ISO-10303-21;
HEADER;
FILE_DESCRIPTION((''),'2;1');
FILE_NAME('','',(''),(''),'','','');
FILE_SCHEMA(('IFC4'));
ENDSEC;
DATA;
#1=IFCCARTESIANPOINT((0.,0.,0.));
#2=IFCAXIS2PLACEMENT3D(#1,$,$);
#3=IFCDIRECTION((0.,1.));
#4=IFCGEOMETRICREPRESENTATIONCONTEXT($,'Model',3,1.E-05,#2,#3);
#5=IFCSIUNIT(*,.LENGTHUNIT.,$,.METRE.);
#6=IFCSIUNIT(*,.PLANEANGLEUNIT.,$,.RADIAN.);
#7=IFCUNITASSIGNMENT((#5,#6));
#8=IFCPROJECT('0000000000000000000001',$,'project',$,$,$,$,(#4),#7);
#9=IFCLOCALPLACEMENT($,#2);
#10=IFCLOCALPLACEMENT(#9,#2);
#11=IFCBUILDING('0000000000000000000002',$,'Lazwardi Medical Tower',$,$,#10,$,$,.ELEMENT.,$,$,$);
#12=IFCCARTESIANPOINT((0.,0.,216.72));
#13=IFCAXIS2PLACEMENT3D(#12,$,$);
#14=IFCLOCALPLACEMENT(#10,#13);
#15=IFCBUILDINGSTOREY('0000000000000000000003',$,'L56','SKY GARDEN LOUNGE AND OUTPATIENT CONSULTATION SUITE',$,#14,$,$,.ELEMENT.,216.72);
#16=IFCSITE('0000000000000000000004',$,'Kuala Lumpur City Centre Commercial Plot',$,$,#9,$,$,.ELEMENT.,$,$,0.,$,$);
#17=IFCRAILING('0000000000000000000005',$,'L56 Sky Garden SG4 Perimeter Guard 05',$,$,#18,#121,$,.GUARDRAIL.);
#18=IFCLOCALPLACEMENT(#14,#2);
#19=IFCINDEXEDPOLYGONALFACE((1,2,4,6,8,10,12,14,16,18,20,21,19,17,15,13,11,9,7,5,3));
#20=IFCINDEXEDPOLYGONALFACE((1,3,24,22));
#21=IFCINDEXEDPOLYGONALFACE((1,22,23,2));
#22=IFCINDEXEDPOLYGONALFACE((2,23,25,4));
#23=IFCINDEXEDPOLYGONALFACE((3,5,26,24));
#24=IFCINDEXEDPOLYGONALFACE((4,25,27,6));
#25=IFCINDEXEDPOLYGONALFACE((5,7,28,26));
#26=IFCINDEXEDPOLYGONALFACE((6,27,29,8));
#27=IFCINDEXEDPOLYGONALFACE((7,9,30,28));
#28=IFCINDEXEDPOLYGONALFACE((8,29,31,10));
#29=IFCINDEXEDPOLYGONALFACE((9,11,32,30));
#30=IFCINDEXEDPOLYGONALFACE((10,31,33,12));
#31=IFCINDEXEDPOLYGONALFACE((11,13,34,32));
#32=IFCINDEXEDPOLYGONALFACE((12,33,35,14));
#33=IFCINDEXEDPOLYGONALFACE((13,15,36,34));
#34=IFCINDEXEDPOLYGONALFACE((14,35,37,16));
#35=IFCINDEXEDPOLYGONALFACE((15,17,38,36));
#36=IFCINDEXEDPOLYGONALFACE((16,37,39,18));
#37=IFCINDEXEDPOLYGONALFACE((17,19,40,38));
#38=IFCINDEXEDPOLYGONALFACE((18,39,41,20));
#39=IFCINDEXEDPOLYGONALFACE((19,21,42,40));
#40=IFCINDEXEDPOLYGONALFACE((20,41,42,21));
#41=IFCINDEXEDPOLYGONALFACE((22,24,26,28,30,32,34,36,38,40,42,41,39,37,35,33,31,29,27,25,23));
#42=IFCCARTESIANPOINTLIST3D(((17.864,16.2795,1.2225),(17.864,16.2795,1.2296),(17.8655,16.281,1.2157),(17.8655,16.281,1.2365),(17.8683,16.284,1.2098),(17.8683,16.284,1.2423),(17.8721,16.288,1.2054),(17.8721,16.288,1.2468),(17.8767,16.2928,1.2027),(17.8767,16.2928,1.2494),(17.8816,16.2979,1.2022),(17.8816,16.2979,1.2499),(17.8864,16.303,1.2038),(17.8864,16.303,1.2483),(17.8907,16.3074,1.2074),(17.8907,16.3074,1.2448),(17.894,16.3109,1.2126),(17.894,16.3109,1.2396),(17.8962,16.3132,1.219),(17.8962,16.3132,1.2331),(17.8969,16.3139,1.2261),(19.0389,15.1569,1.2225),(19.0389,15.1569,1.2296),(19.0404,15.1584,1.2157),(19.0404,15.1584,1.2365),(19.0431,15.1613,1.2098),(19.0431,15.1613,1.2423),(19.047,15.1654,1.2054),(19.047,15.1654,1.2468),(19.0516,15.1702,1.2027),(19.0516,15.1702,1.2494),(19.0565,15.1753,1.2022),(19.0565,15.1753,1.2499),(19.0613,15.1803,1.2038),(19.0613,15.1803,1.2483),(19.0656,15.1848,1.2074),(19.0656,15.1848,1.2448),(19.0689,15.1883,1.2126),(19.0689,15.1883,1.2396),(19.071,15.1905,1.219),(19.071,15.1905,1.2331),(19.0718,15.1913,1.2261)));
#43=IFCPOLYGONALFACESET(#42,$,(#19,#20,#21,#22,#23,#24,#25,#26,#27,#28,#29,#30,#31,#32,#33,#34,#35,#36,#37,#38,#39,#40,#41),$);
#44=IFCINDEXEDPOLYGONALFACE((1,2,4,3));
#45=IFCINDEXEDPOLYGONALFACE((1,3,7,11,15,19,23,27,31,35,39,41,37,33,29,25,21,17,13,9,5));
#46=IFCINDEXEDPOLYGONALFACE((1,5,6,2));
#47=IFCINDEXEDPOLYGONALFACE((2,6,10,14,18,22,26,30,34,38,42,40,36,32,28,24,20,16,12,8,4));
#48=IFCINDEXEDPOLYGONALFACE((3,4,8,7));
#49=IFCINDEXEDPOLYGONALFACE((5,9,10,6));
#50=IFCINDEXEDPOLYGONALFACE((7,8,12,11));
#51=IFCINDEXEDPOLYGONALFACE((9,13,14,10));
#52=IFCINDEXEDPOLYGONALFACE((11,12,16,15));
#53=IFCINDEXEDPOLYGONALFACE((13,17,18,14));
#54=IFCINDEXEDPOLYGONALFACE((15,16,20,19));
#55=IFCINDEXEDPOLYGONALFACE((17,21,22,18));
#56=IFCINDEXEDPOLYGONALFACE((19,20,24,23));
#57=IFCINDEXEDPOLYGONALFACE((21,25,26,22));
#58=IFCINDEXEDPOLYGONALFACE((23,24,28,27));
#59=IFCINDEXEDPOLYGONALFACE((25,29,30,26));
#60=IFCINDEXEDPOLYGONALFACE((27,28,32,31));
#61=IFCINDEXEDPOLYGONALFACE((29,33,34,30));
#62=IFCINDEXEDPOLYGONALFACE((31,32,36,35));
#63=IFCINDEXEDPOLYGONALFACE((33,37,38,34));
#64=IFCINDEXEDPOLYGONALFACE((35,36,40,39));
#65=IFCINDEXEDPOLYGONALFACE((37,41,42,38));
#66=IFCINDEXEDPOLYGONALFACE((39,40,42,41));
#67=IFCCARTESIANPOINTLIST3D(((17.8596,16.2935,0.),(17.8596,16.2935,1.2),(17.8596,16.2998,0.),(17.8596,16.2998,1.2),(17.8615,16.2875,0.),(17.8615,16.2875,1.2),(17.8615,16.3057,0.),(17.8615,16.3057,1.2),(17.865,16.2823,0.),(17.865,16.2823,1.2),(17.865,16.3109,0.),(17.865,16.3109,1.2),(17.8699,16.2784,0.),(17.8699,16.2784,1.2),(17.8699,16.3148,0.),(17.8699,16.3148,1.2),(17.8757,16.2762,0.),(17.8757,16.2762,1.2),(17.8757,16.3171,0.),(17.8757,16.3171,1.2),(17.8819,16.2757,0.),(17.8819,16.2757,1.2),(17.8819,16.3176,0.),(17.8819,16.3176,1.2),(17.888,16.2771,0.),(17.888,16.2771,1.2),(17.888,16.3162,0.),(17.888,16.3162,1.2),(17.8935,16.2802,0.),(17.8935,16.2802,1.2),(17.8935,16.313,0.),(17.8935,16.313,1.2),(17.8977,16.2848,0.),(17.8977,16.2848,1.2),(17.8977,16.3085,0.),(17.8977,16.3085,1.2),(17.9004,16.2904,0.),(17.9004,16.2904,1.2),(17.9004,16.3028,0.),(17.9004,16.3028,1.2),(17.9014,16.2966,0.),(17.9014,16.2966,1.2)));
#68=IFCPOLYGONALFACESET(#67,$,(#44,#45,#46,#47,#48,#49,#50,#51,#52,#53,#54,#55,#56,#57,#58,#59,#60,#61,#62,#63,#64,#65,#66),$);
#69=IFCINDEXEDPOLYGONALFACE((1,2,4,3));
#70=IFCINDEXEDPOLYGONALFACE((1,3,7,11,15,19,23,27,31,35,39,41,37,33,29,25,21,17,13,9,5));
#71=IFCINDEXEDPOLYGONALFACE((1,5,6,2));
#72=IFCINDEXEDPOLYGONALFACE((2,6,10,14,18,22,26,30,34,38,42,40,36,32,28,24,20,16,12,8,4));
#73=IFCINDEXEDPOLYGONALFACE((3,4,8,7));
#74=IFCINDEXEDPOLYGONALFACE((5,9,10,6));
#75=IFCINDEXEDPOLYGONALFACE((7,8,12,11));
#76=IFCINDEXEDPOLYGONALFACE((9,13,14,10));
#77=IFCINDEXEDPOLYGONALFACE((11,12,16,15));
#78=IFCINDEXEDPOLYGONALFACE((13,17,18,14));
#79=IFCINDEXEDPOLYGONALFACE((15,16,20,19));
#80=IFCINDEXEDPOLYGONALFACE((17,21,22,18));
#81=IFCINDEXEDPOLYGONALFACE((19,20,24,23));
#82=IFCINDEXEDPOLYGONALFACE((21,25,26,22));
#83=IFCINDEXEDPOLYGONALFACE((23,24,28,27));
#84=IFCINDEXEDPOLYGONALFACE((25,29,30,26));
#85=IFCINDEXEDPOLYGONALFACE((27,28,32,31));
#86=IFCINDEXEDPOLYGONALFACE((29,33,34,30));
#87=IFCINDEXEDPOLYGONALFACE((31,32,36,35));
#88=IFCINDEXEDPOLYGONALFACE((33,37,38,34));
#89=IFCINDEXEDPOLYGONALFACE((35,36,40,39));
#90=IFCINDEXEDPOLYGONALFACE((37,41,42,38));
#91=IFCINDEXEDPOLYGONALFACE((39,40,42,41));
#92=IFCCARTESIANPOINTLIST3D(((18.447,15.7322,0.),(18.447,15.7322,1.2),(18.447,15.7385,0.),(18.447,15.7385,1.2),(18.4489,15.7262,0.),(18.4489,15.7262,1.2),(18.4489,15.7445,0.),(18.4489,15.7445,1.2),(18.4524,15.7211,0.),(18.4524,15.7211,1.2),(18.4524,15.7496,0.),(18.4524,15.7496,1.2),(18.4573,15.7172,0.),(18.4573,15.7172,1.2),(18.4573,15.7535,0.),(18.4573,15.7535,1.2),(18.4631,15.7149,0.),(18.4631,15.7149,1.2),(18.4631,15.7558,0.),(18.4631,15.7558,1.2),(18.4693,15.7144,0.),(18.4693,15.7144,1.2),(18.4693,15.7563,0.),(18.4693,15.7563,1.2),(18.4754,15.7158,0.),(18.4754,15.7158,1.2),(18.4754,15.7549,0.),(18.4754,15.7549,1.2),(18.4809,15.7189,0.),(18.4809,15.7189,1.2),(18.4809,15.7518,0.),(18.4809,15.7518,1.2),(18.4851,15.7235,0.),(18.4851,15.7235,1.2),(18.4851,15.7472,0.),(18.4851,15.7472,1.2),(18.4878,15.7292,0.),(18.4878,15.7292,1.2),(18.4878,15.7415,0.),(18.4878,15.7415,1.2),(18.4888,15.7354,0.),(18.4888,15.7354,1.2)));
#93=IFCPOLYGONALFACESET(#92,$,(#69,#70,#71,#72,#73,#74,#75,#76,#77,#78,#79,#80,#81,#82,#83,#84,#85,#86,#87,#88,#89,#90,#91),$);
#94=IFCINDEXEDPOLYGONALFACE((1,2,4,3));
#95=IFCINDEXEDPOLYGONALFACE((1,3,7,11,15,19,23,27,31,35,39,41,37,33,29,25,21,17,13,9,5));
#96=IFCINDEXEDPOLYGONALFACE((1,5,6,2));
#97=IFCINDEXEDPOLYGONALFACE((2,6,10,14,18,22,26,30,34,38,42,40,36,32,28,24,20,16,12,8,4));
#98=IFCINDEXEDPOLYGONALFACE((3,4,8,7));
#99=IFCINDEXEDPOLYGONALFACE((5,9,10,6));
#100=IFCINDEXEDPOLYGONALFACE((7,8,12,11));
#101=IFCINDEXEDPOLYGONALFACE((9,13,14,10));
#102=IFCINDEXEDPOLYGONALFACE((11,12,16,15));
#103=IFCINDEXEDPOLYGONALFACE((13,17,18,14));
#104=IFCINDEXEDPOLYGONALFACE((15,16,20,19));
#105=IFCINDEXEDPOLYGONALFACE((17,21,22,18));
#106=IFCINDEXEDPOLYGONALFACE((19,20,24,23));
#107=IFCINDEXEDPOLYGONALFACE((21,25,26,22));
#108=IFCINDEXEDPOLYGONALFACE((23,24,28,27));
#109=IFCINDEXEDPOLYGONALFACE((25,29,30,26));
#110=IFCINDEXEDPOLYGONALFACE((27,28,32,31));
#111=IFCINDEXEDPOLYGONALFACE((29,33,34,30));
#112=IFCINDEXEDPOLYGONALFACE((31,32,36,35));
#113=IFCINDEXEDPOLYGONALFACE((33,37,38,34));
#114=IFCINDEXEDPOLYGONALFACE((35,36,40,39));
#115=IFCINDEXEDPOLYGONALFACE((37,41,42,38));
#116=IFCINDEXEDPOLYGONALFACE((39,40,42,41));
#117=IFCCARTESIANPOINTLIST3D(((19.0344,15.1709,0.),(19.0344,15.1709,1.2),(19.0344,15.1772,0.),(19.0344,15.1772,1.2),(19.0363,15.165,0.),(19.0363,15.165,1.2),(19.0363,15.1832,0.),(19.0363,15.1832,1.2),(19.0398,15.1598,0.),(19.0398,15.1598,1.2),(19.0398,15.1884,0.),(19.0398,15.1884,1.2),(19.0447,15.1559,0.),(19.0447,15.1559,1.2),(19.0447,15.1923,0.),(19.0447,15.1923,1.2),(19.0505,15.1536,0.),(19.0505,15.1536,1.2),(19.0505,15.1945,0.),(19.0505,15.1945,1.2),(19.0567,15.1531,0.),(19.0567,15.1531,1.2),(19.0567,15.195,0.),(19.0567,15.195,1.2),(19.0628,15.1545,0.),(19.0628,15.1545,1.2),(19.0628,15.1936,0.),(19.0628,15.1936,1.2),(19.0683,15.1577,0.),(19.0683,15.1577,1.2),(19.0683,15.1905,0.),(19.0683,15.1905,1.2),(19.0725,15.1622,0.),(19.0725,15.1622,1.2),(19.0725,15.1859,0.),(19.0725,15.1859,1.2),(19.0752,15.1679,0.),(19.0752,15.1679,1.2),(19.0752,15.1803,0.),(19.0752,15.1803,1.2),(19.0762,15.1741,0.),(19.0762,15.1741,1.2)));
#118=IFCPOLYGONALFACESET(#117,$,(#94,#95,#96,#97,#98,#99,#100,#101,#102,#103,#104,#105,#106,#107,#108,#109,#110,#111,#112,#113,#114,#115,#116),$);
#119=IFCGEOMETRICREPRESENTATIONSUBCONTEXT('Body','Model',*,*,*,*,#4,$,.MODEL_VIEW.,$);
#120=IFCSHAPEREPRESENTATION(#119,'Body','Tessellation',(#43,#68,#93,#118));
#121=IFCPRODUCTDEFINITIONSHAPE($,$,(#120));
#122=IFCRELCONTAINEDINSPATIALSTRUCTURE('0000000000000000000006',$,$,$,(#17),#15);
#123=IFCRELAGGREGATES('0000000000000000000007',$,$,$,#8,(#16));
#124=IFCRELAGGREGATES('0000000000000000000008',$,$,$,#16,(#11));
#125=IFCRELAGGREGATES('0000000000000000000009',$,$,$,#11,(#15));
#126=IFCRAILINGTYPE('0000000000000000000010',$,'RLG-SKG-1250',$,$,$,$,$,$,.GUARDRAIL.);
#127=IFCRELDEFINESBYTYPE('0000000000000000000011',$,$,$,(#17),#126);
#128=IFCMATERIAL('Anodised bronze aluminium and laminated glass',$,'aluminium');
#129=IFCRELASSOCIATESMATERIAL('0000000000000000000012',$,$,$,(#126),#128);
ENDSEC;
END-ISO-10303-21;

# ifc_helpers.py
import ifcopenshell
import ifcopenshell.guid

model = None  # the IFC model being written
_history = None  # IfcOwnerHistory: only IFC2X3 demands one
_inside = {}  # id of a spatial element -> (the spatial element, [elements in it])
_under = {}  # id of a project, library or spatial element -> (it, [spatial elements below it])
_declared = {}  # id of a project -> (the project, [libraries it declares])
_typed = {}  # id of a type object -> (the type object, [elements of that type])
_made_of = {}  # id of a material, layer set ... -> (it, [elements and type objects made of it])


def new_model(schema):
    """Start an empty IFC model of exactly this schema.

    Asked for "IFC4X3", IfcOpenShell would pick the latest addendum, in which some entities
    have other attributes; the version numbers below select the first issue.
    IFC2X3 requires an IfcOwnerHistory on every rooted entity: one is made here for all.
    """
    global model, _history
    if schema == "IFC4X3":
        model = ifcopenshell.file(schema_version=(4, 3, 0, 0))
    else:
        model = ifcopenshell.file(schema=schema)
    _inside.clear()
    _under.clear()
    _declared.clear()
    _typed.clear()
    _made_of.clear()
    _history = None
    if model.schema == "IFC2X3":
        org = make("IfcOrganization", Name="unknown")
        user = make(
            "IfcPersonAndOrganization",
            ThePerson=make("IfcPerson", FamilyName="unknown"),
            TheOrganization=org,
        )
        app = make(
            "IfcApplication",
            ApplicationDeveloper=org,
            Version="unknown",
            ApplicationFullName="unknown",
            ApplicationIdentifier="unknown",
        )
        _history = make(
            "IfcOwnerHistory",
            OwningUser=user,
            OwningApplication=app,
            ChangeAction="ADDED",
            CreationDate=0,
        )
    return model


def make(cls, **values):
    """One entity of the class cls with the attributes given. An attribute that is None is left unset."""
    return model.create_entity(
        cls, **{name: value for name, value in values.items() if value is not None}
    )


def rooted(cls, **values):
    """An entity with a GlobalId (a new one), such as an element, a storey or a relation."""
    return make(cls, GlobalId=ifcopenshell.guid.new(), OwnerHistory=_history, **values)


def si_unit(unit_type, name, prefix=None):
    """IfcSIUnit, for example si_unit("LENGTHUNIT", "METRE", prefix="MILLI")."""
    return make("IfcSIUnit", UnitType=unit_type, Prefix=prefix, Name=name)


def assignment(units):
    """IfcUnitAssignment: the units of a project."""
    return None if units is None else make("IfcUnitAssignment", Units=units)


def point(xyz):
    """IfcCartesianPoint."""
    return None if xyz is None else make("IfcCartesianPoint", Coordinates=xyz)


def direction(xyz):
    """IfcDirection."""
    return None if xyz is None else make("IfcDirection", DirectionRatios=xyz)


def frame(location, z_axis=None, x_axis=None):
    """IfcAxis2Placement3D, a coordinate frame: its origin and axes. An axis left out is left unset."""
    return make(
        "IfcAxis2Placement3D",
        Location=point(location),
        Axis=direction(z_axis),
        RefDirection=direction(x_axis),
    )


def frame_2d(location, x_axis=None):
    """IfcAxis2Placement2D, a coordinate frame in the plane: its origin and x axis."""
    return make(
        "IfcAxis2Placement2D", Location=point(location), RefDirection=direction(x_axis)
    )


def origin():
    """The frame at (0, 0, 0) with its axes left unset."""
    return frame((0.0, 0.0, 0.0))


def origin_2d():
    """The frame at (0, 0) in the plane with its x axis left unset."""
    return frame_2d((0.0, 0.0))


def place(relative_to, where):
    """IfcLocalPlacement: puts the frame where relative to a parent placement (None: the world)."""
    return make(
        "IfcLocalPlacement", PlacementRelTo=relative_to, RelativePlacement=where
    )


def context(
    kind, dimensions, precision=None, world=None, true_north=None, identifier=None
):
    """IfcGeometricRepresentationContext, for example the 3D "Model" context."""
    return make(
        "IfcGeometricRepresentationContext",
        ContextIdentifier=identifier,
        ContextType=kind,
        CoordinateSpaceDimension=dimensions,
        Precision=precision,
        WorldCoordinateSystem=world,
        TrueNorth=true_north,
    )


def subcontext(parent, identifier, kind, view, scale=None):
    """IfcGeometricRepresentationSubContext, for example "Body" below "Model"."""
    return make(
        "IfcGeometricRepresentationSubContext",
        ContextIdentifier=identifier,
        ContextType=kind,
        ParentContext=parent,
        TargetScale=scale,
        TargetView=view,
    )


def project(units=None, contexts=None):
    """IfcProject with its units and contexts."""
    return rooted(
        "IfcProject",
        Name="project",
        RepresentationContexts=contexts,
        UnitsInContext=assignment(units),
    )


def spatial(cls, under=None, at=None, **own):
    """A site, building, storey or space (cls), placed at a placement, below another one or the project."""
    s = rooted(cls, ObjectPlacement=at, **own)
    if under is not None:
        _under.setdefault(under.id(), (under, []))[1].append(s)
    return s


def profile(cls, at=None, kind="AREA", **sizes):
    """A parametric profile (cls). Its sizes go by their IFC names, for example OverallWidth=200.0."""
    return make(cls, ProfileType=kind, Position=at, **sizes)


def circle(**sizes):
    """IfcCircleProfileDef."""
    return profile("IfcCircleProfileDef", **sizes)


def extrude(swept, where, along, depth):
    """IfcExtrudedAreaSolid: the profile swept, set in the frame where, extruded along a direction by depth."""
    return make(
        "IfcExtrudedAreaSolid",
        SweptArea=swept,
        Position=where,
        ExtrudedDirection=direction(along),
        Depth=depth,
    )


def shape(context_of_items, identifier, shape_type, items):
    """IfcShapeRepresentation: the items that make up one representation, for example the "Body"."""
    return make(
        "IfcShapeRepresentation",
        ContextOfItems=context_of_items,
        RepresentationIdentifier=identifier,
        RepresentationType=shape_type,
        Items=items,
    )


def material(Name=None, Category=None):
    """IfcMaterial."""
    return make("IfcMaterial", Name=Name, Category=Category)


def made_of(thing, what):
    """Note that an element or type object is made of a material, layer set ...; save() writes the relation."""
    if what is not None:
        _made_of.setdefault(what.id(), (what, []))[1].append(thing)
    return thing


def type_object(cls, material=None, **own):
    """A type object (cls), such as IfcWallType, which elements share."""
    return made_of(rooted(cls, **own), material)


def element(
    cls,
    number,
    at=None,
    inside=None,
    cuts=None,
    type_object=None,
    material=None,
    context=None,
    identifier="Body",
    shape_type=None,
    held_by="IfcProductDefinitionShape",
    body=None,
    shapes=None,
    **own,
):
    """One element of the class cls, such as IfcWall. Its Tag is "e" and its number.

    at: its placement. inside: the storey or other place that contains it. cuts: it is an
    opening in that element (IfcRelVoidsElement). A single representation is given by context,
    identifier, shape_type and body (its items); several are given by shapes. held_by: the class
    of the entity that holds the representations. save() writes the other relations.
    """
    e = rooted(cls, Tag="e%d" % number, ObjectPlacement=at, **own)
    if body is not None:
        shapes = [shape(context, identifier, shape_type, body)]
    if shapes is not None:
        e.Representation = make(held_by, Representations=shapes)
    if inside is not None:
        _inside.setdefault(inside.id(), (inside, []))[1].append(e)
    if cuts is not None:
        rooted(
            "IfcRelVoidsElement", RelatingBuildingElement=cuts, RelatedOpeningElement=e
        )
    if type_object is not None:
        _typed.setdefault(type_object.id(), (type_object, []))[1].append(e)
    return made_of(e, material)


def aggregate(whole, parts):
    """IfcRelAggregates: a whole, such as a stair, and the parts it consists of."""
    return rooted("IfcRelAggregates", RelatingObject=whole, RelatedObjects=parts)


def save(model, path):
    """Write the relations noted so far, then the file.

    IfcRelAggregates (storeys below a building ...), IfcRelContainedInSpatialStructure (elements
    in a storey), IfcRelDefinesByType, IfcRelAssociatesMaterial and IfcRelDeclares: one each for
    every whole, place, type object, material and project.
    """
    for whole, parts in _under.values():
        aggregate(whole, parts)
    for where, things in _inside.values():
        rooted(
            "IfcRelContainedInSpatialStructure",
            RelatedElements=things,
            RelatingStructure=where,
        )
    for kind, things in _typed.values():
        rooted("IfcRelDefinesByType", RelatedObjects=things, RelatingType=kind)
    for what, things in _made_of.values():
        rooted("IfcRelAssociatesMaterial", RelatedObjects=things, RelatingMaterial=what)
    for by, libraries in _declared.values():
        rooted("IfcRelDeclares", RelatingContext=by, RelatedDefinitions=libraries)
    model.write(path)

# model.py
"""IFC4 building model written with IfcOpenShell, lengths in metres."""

from ifc_helpers import new_model, si_unit, direction, frame, origin, origin_2d, place, context, subcontext, project, spatial, circle, extrude, material, type_object, element, save


model = new_model("IFC4")

# Units and contexts
model_context = context("Model", 3, precision=1e-05, world=origin(), true_north=direction((0.0, 1.0)))
body_context = subcontext(model_context, "Body", "Model", "MODEL_VIEW")
ifc_project = project(units=[si_unit("LENGTHUNIT", "METRE"), si_unit("PLANEANGLEUNIT", "RADIAN")], contexts=[model_context])

# Site, building, storey
site_placement = place(None, origin())
site = spatial("IfcSite", under=ifc_project, at=site_placement, Name="Kuala Lumpur City Centre Commercial Plot", CompositionType="ELEMENT", RefElevation=0.0)
building_placement = place(site_placement, origin())
building = spatial("IfcBuilding", under=site, at=building_placement, Name="Lazwardi Medical Tower", CompositionType="ELEMENT")
storey_placement = place(building_placement, frame((0.0, 0.0, 216.72)))
storey = spatial("IfcBuildingStorey", under=building, at=storey_placement, Name="L56", Description="SKY GARDEN LOUNGE AND OUTPATIENT CONSULTATION SUITE", CompositionType="ELEMENT", Elevation=216.72)

# Shared definitions
ifc_material_1 = material(Name="Anodised bronze aluminium and laminated glass", Category="aluminium")

# Railing
railing_type = type_object("IfcRailingType", Name="RLG-SKG-1250", PredefinedType="GUARDRAIL", material=ifc_material_1)
railing_1_placement = place(storey_placement, frame((17.8804, 16.2966, 0.0)))
element("IfcRailing", 1, at=railing_1_placement, inside=storey, type_object=railing_type, Name="L56 Sky Garden SG4 Perimeter Guard 05", PredefinedType="GUARDRAIL", context=body_context, shape_type="SweptSolid", body=[
    extrude(circle(Radius=0.0239, at=origin_2d()), frame((0.0, 0.0, 1.2261), z_axis=(0.723001, -0.690847, 0.0), x_axis=(0.690847, 0.723001, 0.0)), (0.0, 0.0, 1.0), 1.625),
    extrude(circle(Radius=0.021, at=origin_2d()), origin(), (0.0, 0.0, 1.0), 1.2),
    extrude(circle(Radius=0.021, at=origin_2d()), frame((0.5874, -0.5613, 0.0)), (0.0, 0.0, 1.0), 1.2),
    extrude(circle(Radius=0.021, at=origin_2d()), frame((1.1748, -1.1226, 0.0)), (0.0, 0.0, 1.0), 1.2),
])

save(model, "model.ifc")
